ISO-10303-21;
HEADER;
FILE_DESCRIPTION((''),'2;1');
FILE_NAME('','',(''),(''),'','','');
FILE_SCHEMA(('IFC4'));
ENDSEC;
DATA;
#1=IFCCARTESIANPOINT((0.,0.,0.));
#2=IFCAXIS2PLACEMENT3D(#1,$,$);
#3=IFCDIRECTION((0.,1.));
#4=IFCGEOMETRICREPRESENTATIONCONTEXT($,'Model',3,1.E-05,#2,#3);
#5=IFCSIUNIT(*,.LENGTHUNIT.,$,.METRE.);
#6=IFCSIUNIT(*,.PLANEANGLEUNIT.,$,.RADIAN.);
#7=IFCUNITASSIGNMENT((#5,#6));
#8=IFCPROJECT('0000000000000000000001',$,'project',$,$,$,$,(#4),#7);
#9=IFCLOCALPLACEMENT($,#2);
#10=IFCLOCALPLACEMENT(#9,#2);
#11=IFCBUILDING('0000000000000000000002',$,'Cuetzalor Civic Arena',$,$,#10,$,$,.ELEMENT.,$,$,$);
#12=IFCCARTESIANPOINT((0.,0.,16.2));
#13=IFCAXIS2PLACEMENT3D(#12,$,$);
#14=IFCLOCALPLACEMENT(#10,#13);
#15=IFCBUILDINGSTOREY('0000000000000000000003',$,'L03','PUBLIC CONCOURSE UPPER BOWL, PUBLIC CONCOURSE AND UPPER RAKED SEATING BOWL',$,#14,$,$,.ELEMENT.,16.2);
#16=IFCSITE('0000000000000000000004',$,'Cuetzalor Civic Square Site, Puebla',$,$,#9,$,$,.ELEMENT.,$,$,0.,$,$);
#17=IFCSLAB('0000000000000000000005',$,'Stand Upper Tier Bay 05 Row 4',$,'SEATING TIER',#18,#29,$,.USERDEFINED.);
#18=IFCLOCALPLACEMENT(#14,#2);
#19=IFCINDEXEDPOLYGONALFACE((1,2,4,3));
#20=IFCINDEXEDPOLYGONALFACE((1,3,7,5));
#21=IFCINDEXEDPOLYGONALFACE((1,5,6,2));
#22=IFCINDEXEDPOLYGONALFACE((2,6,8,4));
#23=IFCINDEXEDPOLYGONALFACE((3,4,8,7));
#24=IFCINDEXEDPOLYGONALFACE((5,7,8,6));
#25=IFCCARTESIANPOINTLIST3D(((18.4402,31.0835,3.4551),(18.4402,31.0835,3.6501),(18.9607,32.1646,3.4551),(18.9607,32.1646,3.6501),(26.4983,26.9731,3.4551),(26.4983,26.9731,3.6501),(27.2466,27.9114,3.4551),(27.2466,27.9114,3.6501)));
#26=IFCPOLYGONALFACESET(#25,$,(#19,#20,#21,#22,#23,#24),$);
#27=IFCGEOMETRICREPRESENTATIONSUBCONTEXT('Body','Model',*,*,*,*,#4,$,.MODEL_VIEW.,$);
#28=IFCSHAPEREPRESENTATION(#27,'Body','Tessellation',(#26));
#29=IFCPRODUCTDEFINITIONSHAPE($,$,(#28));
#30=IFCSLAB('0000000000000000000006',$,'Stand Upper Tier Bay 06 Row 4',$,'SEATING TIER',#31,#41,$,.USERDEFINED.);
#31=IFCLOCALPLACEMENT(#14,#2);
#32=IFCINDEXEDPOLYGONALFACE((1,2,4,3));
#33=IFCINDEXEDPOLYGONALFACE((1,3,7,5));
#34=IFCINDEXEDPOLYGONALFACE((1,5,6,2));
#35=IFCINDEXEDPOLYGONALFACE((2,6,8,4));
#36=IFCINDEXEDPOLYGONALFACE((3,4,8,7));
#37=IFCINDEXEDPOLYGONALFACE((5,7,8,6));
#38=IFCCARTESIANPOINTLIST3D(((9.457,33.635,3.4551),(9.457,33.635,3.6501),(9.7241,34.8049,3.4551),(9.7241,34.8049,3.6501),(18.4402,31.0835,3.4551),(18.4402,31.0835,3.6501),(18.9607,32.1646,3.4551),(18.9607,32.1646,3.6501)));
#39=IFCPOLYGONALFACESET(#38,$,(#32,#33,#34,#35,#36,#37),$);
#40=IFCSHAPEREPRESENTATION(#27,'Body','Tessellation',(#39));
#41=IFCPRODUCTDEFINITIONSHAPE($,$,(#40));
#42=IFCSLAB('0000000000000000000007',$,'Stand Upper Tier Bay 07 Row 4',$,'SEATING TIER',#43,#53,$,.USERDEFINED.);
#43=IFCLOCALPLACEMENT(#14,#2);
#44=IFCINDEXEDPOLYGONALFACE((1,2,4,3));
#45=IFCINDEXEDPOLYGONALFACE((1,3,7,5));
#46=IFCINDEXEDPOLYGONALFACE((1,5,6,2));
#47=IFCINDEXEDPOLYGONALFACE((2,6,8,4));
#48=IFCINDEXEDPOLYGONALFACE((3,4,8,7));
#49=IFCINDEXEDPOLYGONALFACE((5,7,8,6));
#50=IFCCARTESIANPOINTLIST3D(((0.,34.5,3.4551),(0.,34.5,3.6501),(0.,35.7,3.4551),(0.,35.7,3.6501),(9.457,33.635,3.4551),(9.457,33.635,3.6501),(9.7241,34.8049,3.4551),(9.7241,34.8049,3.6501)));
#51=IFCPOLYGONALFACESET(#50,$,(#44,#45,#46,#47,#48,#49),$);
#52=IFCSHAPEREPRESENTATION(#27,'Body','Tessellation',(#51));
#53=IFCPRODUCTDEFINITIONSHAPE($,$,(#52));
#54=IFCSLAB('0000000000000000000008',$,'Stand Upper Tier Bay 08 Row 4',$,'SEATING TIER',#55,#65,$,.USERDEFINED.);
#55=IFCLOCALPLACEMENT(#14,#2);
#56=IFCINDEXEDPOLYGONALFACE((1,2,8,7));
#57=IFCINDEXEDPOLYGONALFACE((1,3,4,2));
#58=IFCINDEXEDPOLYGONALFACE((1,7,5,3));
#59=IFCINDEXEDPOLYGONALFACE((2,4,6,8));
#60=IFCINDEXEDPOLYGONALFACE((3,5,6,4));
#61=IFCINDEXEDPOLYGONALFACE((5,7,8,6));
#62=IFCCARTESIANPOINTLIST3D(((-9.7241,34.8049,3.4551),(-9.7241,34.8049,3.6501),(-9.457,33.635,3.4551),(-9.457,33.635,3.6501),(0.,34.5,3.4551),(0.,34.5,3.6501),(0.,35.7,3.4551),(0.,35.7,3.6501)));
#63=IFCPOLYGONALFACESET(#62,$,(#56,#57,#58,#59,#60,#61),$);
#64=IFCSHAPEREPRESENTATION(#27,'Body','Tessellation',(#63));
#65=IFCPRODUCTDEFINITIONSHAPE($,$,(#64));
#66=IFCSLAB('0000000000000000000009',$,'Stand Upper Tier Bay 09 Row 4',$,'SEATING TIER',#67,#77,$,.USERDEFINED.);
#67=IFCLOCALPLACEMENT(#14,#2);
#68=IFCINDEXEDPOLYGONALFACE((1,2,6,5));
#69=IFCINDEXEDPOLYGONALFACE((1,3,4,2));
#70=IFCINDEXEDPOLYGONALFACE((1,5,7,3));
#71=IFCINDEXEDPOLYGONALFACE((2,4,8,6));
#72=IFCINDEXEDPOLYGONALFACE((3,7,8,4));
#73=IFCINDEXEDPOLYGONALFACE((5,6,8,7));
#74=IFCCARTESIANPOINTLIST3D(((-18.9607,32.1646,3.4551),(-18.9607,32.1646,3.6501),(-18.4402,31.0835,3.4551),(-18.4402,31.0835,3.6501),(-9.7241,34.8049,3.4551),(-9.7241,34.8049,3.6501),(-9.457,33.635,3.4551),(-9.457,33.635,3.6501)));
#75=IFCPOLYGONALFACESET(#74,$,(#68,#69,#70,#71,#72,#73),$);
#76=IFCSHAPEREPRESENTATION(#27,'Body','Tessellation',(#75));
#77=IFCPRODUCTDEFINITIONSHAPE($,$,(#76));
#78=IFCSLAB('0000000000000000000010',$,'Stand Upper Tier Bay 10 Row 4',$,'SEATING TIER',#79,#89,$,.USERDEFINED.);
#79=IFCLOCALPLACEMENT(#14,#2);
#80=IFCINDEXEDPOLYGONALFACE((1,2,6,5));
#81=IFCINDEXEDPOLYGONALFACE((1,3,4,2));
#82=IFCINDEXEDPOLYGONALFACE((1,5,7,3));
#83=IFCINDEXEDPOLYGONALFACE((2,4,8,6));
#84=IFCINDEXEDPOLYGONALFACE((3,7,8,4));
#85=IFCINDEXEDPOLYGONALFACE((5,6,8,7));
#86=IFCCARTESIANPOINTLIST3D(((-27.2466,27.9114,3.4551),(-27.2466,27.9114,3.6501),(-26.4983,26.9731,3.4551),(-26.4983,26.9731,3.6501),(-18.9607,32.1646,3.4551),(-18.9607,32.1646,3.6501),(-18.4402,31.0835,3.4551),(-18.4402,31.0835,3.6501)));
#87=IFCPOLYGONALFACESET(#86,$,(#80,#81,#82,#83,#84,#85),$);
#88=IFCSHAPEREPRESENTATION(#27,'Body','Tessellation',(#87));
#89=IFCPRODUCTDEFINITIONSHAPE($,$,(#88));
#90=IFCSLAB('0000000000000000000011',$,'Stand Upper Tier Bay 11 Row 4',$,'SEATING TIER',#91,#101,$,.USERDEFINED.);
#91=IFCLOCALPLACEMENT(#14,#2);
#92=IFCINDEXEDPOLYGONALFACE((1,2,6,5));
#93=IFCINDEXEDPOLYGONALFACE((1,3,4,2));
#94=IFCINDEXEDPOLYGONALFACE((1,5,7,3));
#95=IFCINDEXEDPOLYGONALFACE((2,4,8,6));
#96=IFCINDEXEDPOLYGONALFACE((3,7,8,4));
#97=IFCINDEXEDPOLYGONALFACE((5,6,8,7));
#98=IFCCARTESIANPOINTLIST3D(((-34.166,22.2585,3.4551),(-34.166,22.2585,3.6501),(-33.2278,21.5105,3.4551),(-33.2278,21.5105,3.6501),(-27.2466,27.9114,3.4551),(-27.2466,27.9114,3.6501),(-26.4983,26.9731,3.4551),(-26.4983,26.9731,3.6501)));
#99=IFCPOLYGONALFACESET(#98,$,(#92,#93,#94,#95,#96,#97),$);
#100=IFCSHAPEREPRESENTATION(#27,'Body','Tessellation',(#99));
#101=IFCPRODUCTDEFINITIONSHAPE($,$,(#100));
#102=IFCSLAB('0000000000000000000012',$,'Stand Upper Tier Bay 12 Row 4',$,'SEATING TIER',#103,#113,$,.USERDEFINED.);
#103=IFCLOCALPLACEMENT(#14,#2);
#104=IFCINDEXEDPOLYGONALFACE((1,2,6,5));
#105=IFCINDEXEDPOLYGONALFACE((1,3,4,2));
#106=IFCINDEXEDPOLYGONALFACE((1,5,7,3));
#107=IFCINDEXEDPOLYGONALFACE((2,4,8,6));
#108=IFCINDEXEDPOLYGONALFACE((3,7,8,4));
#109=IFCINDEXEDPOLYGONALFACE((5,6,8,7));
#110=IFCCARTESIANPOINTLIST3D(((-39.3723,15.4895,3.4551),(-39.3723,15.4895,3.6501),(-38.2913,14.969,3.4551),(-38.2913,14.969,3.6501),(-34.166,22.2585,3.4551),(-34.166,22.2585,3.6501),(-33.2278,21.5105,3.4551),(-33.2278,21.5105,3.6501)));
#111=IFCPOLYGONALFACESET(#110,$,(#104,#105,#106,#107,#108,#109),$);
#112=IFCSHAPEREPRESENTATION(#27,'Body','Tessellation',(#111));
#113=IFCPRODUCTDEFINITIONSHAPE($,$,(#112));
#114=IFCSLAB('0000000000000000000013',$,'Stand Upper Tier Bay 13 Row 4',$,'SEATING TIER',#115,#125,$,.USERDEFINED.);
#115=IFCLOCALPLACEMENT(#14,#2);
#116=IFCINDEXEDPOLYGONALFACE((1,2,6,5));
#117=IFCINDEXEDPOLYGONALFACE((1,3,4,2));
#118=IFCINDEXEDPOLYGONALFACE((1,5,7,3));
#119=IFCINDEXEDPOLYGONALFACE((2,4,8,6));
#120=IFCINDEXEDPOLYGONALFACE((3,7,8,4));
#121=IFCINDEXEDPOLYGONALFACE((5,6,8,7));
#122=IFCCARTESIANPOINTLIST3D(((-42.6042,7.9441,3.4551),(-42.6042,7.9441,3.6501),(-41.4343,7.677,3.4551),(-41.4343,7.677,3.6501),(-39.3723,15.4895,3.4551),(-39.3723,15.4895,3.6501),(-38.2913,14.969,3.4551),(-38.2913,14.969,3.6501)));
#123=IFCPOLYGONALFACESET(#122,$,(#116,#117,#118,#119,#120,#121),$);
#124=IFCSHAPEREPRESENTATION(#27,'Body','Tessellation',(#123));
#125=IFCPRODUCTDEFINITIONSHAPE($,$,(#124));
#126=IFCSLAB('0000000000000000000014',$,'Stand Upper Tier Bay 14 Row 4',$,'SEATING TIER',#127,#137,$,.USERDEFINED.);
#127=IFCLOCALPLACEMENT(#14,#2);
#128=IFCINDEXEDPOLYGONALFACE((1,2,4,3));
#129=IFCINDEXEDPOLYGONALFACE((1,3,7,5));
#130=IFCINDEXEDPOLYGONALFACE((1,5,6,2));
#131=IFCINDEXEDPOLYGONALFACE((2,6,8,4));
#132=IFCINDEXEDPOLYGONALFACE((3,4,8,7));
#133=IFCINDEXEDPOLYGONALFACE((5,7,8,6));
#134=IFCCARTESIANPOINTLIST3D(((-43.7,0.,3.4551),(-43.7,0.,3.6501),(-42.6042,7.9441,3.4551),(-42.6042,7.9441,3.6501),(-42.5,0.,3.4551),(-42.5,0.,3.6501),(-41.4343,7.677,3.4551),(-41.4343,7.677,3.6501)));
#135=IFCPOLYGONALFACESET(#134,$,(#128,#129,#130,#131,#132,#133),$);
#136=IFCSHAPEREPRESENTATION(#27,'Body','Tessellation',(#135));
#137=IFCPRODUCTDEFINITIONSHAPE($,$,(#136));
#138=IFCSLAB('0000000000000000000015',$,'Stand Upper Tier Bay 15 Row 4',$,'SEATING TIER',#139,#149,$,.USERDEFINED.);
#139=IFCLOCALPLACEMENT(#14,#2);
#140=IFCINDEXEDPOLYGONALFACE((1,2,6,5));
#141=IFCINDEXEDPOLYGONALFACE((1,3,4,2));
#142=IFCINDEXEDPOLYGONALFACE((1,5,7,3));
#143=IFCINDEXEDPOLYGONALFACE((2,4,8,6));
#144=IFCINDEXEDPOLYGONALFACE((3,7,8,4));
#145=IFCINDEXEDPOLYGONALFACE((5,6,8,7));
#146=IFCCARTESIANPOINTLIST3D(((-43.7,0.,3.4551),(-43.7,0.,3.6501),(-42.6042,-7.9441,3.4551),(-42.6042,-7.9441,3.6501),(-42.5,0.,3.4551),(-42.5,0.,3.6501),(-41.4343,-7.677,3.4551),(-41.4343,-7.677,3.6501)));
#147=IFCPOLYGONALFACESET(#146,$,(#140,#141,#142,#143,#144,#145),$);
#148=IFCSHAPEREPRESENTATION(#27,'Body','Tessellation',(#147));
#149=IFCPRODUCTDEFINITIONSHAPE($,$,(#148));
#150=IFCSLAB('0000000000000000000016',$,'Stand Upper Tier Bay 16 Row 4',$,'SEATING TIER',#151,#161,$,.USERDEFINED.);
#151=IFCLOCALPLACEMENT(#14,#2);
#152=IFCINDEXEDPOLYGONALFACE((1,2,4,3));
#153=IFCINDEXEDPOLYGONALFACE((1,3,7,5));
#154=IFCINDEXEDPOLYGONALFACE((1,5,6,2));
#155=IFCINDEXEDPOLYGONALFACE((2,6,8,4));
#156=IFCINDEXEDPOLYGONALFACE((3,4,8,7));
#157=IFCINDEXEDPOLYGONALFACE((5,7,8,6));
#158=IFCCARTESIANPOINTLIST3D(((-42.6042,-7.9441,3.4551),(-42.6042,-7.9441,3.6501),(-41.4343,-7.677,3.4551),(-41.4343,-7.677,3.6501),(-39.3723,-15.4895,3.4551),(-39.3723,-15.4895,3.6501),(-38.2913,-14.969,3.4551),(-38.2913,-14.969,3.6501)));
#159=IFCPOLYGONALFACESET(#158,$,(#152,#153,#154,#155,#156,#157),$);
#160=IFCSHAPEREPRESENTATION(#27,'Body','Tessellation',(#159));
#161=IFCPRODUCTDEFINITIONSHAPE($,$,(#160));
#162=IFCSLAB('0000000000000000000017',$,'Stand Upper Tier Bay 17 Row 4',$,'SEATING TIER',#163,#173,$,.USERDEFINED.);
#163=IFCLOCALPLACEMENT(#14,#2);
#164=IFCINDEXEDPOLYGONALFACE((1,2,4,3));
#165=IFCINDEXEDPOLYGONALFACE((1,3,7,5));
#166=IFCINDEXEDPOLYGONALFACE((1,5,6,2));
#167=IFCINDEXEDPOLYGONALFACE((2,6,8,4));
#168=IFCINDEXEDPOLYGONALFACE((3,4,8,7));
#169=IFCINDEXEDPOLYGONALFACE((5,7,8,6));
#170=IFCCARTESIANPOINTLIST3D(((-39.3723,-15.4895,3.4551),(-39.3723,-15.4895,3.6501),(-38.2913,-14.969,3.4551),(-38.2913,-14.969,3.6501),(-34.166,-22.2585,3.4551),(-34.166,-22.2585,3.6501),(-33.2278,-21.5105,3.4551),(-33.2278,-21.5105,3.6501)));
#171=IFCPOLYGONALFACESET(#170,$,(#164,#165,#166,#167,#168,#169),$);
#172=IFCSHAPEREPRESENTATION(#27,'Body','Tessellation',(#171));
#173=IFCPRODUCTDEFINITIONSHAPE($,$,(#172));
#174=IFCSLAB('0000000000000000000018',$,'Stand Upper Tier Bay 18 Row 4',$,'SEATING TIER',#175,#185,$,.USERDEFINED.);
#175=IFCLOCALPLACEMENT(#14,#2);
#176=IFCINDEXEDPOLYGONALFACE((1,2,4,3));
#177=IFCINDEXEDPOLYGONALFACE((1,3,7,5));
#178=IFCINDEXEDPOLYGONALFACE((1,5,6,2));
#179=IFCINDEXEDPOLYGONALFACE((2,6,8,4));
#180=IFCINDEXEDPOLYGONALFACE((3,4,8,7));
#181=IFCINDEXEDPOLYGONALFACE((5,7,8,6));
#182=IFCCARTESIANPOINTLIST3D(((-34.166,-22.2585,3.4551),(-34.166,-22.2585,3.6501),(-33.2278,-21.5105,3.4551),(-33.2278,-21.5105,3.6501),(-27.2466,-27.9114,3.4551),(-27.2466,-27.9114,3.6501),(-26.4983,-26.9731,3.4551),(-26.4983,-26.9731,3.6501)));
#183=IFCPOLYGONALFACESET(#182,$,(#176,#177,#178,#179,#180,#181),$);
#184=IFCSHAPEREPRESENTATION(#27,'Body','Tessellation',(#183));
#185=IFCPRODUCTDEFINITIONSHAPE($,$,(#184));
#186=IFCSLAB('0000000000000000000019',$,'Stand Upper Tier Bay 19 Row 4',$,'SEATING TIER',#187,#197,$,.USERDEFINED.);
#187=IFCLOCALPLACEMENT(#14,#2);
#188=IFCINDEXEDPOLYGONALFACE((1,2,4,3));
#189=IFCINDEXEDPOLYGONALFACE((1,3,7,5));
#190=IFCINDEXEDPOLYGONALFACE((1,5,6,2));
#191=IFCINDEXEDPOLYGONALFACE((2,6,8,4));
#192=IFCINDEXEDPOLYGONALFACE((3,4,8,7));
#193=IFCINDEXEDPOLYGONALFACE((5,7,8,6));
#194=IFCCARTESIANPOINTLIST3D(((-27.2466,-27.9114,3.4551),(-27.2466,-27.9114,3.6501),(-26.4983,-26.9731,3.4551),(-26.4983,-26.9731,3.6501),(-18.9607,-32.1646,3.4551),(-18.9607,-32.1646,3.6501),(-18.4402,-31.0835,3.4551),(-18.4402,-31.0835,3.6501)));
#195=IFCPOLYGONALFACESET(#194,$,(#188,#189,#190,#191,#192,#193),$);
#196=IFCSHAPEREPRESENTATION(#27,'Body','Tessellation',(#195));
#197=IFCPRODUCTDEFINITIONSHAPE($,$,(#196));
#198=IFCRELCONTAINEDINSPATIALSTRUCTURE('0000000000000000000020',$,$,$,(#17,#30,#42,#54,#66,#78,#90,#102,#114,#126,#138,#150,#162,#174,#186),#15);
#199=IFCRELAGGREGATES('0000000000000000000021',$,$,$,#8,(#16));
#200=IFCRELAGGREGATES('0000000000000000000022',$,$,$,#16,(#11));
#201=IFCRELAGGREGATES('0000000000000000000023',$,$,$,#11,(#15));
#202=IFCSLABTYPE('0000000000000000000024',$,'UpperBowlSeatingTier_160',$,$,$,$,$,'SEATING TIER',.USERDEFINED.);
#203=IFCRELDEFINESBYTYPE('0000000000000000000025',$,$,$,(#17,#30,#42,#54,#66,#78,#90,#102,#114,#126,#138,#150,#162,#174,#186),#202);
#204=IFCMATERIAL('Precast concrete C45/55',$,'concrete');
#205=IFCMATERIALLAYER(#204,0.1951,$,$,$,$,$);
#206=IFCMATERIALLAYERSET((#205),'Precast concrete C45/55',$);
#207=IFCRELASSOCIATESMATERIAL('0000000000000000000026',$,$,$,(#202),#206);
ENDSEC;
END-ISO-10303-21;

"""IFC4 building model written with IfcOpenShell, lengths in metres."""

from ifc_helpers import new_model, si_unit, direction, frame, origin, place, context, subcontext, project, spatial, polyline, outline, extrude, material, layer, layer_set, type_object, element, save


model = new_model("IFC4")

# Units and contexts
model_context = context("Model", 3, precision=1e-05, world=origin(), true_north=direction((0.0, 1.0)))
body_context = subcontext(model_context, "Body", "Model", "MODEL_VIEW")
ifc_project = project(units=[si_unit("LENGTHUNIT", "METRE"), si_unit("PLANEANGLEUNIT", "RADIAN")], contexts=[model_context])

# Site, building, storey
site_placement = place(None, origin())
site = spatial("IfcSite", under=ifc_project, at=site_placement, Name="Cuetzalor Civic Square Site, Puebla", CompositionType="ELEMENT", RefElevation=0.0)
building_placement = place(site_placement, origin())
building = spatial("IfcBuilding", under=site, at=building_placement, Name="Cuetzalor Civic Arena", CompositionType="ELEMENT")
storey_placement = place(building_placement, frame((0.0, 0.0, 16.2)))
storey = spatial("IfcBuildingStorey", under=building, at=storey_placement, Name="L03", Description="PUBLIC CONCOURSE UPPER BOWL, PUBLIC CONCOURSE AND UPPER RAKED SEATING BOWL", CompositionType="ELEMENT", Elevation=16.2)

# Slabs
ifc_material = material(Name="Precast concrete C45/55", Category="concrete")
ifc_layer = layer(ifc_material, 0.1951)
ifc_layer_set = layer_set([ifc_layer], Name="Precast concrete C45/55")
slab_type = type_object("IfcSlabType", Name="UpperBowlSeatingTier_160", ElementType="SEATING TIER", PredefinedType="USERDEFINED", material=ifc_layer_set)
slab_1_placement = place(storey_placement, frame((0.0, 0.0, 3.4551)))
element("IfcSlab", 1, at=slab_1_placement, inside=storey, type_object=slab_type, Name="Stand Upper Tier Bay 05 Row 4", ObjectType="SEATING TIER", PredefinedType="USERDEFINED", context=body_context, shape_type="SweptSolid", body=[
    extrude(outline(polyline([(26.4983, 26.9731), (18.4402, 31.0835), (18.9607, 32.1646), (27.2466, 27.9114), (26.4983, 26.9731)])), origin(), (0.0, 0.0, 1.0), 0.1951),
])
slab_2_placement = place(storey_placement, frame((0.0, 0.0, 3.4551)))
element("IfcSlab", 2, at=slab_2_placement, inside=storey, type_object=slab_type, Name="Stand Upper Tier Bay 06 Row 4", ObjectType="SEATING TIER", PredefinedType="USERDEFINED", context=body_context, shape_type="SweptSolid", body=[
    extrude(outline(polyline([(18.4402, 31.0835), (9.457, 33.635), (9.7241, 34.8049), (18.9607, 32.1646), (18.4402, 31.0835)])), origin(), (0.0, 0.0, 1.0), 0.1951),
])
slab_3_placement = place(storey_placement, frame((0.0, 0.0, 3.4551)))
element("IfcSlab", 3, at=slab_3_placement, inside=storey, type_object=slab_type, Name="Stand Upper Tier Bay 07 Row 4", ObjectType="SEATING TIER", PredefinedType="USERDEFINED", context=body_context, shape_type="SweptSolid", body=[
    extrude(outline(polyline([(9.457, 33.635), (0.0, 34.5), (0.0, 35.7), (9.7241, 34.8049), (9.457, 33.635)])), origin(), (0.0, 0.0, 1.0), 0.1951),
])
slab_4_placement = place(storey_placement, frame((0.0, 0.0, 3.4551)))
element("IfcSlab", 4, at=slab_4_placement, inside=storey, type_object=slab_type, Name="Stand Upper Tier Bay 08 Row 4", ObjectType="SEATING TIER", PredefinedType="USERDEFINED", context=body_context, shape_type="SweptSolid", body=[
    extrude(outline(polyline([(0.0, 34.5), (-9.457, 33.635), (-9.7241, 34.8049), (0.0, 35.7), (0.0, 34.5)])), origin(), (0.0, 0.0, 1.0), 0.1951),
])
slab_5_placement = place(storey_placement, frame((0.0, 0.0, 3.4551)))
element("IfcSlab", 5, at=slab_5_placement, inside=storey, type_object=slab_type, Name="Stand Upper Tier Bay 09 Row 4", ObjectType="SEATING TIER", PredefinedType="USERDEFINED", context=body_context, shape_type="SweptSolid", body=[
    extrude(outline(polyline([(-9.457, 33.635), (-18.4402, 31.0835), (-18.9607, 32.1646), (-9.7241, 34.8049), (-9.457, 33.635)])), origin(), (0.0, 0.0, 1.0), 0.1951),
])
slab_6_placement = place(storey_placement, frame((0.0, 0.0, 3.4551)))
element("IfcSlab", 6, at=slab_6_placement, inside=storey, type_object=slab_type, Name="Stand Upper Tier Bay 10 Row 4", ObjectType="SEATING TIER", PredefinedType="USERDEFINED", context=body_context, shape_type="SweptSolid", body=[
    extrude(outline(polyline([(-18.4402, 31.0835), (-26.4983, 26.9731), (-27.2466, 27.9114), (-18.9607, 32.1646), (-18.4402, 31.0835)])), origin(), (0.0, 0.0, 1.0), 0.1951),
])
slab_7_placement = place(storey_placement, frame((0.0, 0.0, 3.4551)))
element("IfcSlab", 7, at=slab_7_placement, inside=storey, type_object=slab_type, Name="Stand Upper Tier Bay 11 Row 4", ObjectType="SEATING TIER", PredefinedType="USERDEFINED", context=body_context, shape_type="SweptSolid", body=[
    extrude(outline(polyline([(-26.4983, 26.9731), (-33.2278, 21.5105), (-34.166, 22.2585), (-27.2466, 27.9114), (-26.4983, 26.9731)])), origin(), (0.0, 0.0, 1.0), 0.1951),
])
slab_8_placement = place(storey_placement, frame((0.0, 0.0, 3.4551)))
element("IfcSlab", 8, at=slab_8_placement, inside=storey, type_object=slab_type, Name="Stand Upper Tier Bay 12 Row 4", ObjectType="SEATING TIER", PredefinedType="USERDEFINED", context=body_context, shape_type="SweptSolid", body=[
    extrude(outline(polyline([(-33.2278, 21.5105), (-38.2913, 14.969), (-39.3723, 15.4895), (-34.166, 22.2585), (-33.2278, 21.5105)])), origin(), (0.0, 0.0, 1.0), 0.1951),
])
slab_9_placement = place(storey_placement, frame((0.0, 0.0, 3.4551)))
element("IfcSlab", 9, at=slab_9_placement, inside=storey, type_object=slab_type, Name="Stand Upper Tier Bay 13 Row 4", ObjectType="SEATING TIER", PredefinedType="USERDEFINED", context=body_context, shape_type="SweptSolid", body=[
    extrude(outline(polyline([(-38.2913, 14.969), (-41.4343, 7.677), (-42.6042, 7.9441), (-39.3723, 15.4895), (-38.2913, 14.969)])), origin(), (0.0, 0.0, 1.0), 0.1951),
])
slab_10_placement = place(storey_placement, frame((0.0, 0.0, 3.4551)))
element("IfcSlab", 10, at=slab_10_placement, inside=storey, type_object=slab_type, Name="Stand Upper Tier Bay 14 Row 4", ObjectType="SEATING TIER", PredefinedType="USERDEFINED", context=body_context, shape_type="SweptSolid", body=[
    extrude(outline(polyline([(-41.4343, 7.677), (-42.5, 0.0), (-43.7, 0.0), (-42.6042, 7.9441), (-41.4343, 7.677)])), origin(), (0.0, 0.0, 1.0), 0.1951),
])
slab_11_placement = place(storey_placement, frame((0.0, 0.0, 3.4551)))
element("IfcSlab", 11, at=slab_11_placement, inside=storey, type_object=slab_type, Name="Stand Upper Tier Bay 15 Row 4", ObjectType="SEATING TIER", PredefinedType="USERDEFINED", context=body_context, shape_type="SweptSolid", body=[
    extrude(outline(polyline([(-42.5, 0.0), (-41.4343, -7.677), (-42.6042, -7.9441), (-43.7, 0.0), (-42.5, 0.0)])), origin(), (0.0, 0.0, 1.0), 0.1951),
])
slab_12_placement = place(storey_placement, frame((0.0, 0.0, 3.4551)))
element("IfcSlab", 12, at=slab_12_placement, inside=storey, type_object=slab_type, Name="Stand Upper Tier Bay 16 Row 4", ObjectType="SEATING TIER", PredefinedType="USERDEFINED", context=body_context, shape_type="SweptSolid", body=[
    extrude(outline(polyline([(-41.4343, -7.677), (-38.2913, -14.969), (-39.3723, -15.4895), (-42.6042, -7.9441), (-41.4343, -7.677)])), origin(), (0.0, 0.0, 1.0), 0.1951),
])
slab_13_placement = place(storey_placement, frame((0.0, 0.0, 3.4551)))
element("IfcSlab", 13, at=slab_13_placement, inside=storey, type_object=slab_type, Name="Stand Upper Tier Bay 17 Row 4", ObjectType="SEATING TIER", PredefinedType="USERDEFINED", context=body_context, shape_type="SweptSolid", body=[
    extrude(outline(polyline([(-38.2913, -14.969), (-33.2278, -21.5105), (-34.166, -22.2585), (-39.3723, -15.4895), (-38.2913, -14.969)])), origin(), (0.0, 0.0, 1.0), 0.1951),
])
slab_14_placement = place(storey_placement, frame((0.0, 0.0, 3.4551)))
element("IfcSlab", 14, at=slab_14_placement, inside=storey, type_object=slab_type, Name="Stand Upper Tier Bay 18 Row 4", ObjectType="SEATING TIER", PredefinedType="USERDEFINED", context=body_context, shape_type="SweptSolid", body=[
    extrude(outline(polyline([(-33.2278, -21.5105), (-26.4983, -26.9731), (-27.2466, -27.9114), (-34.166, -22.2585), (-33.2278, -21.5105)])), origin(), (0.0, 0.0, 1.0), 0.1951),
])
slab_15_placement = place(storey_placement, frame((0.0, 0.0, 3.4551)))
element("IfcSlab", 15, at=slab_15_placement, inside=storey, type_object=slab_type, Name="Stand Upper Tier Bay 19 Row 4", ObjectType="SEATING TIER", PredefinedType="USERDEFINED", context=body_context, shape_type="SweptSolid", body=[
    extrude(outline(polyline([(-26.4983, -26.9731), (-18.4402, -31.0835), (-18.9607, -32.1646), (-27.2466, -27.9114), (-26.4983, -26.9731)])), origin(), (0.0, 0.0, 1.0), 0.1951),
])

save(model, "model.ifc")
